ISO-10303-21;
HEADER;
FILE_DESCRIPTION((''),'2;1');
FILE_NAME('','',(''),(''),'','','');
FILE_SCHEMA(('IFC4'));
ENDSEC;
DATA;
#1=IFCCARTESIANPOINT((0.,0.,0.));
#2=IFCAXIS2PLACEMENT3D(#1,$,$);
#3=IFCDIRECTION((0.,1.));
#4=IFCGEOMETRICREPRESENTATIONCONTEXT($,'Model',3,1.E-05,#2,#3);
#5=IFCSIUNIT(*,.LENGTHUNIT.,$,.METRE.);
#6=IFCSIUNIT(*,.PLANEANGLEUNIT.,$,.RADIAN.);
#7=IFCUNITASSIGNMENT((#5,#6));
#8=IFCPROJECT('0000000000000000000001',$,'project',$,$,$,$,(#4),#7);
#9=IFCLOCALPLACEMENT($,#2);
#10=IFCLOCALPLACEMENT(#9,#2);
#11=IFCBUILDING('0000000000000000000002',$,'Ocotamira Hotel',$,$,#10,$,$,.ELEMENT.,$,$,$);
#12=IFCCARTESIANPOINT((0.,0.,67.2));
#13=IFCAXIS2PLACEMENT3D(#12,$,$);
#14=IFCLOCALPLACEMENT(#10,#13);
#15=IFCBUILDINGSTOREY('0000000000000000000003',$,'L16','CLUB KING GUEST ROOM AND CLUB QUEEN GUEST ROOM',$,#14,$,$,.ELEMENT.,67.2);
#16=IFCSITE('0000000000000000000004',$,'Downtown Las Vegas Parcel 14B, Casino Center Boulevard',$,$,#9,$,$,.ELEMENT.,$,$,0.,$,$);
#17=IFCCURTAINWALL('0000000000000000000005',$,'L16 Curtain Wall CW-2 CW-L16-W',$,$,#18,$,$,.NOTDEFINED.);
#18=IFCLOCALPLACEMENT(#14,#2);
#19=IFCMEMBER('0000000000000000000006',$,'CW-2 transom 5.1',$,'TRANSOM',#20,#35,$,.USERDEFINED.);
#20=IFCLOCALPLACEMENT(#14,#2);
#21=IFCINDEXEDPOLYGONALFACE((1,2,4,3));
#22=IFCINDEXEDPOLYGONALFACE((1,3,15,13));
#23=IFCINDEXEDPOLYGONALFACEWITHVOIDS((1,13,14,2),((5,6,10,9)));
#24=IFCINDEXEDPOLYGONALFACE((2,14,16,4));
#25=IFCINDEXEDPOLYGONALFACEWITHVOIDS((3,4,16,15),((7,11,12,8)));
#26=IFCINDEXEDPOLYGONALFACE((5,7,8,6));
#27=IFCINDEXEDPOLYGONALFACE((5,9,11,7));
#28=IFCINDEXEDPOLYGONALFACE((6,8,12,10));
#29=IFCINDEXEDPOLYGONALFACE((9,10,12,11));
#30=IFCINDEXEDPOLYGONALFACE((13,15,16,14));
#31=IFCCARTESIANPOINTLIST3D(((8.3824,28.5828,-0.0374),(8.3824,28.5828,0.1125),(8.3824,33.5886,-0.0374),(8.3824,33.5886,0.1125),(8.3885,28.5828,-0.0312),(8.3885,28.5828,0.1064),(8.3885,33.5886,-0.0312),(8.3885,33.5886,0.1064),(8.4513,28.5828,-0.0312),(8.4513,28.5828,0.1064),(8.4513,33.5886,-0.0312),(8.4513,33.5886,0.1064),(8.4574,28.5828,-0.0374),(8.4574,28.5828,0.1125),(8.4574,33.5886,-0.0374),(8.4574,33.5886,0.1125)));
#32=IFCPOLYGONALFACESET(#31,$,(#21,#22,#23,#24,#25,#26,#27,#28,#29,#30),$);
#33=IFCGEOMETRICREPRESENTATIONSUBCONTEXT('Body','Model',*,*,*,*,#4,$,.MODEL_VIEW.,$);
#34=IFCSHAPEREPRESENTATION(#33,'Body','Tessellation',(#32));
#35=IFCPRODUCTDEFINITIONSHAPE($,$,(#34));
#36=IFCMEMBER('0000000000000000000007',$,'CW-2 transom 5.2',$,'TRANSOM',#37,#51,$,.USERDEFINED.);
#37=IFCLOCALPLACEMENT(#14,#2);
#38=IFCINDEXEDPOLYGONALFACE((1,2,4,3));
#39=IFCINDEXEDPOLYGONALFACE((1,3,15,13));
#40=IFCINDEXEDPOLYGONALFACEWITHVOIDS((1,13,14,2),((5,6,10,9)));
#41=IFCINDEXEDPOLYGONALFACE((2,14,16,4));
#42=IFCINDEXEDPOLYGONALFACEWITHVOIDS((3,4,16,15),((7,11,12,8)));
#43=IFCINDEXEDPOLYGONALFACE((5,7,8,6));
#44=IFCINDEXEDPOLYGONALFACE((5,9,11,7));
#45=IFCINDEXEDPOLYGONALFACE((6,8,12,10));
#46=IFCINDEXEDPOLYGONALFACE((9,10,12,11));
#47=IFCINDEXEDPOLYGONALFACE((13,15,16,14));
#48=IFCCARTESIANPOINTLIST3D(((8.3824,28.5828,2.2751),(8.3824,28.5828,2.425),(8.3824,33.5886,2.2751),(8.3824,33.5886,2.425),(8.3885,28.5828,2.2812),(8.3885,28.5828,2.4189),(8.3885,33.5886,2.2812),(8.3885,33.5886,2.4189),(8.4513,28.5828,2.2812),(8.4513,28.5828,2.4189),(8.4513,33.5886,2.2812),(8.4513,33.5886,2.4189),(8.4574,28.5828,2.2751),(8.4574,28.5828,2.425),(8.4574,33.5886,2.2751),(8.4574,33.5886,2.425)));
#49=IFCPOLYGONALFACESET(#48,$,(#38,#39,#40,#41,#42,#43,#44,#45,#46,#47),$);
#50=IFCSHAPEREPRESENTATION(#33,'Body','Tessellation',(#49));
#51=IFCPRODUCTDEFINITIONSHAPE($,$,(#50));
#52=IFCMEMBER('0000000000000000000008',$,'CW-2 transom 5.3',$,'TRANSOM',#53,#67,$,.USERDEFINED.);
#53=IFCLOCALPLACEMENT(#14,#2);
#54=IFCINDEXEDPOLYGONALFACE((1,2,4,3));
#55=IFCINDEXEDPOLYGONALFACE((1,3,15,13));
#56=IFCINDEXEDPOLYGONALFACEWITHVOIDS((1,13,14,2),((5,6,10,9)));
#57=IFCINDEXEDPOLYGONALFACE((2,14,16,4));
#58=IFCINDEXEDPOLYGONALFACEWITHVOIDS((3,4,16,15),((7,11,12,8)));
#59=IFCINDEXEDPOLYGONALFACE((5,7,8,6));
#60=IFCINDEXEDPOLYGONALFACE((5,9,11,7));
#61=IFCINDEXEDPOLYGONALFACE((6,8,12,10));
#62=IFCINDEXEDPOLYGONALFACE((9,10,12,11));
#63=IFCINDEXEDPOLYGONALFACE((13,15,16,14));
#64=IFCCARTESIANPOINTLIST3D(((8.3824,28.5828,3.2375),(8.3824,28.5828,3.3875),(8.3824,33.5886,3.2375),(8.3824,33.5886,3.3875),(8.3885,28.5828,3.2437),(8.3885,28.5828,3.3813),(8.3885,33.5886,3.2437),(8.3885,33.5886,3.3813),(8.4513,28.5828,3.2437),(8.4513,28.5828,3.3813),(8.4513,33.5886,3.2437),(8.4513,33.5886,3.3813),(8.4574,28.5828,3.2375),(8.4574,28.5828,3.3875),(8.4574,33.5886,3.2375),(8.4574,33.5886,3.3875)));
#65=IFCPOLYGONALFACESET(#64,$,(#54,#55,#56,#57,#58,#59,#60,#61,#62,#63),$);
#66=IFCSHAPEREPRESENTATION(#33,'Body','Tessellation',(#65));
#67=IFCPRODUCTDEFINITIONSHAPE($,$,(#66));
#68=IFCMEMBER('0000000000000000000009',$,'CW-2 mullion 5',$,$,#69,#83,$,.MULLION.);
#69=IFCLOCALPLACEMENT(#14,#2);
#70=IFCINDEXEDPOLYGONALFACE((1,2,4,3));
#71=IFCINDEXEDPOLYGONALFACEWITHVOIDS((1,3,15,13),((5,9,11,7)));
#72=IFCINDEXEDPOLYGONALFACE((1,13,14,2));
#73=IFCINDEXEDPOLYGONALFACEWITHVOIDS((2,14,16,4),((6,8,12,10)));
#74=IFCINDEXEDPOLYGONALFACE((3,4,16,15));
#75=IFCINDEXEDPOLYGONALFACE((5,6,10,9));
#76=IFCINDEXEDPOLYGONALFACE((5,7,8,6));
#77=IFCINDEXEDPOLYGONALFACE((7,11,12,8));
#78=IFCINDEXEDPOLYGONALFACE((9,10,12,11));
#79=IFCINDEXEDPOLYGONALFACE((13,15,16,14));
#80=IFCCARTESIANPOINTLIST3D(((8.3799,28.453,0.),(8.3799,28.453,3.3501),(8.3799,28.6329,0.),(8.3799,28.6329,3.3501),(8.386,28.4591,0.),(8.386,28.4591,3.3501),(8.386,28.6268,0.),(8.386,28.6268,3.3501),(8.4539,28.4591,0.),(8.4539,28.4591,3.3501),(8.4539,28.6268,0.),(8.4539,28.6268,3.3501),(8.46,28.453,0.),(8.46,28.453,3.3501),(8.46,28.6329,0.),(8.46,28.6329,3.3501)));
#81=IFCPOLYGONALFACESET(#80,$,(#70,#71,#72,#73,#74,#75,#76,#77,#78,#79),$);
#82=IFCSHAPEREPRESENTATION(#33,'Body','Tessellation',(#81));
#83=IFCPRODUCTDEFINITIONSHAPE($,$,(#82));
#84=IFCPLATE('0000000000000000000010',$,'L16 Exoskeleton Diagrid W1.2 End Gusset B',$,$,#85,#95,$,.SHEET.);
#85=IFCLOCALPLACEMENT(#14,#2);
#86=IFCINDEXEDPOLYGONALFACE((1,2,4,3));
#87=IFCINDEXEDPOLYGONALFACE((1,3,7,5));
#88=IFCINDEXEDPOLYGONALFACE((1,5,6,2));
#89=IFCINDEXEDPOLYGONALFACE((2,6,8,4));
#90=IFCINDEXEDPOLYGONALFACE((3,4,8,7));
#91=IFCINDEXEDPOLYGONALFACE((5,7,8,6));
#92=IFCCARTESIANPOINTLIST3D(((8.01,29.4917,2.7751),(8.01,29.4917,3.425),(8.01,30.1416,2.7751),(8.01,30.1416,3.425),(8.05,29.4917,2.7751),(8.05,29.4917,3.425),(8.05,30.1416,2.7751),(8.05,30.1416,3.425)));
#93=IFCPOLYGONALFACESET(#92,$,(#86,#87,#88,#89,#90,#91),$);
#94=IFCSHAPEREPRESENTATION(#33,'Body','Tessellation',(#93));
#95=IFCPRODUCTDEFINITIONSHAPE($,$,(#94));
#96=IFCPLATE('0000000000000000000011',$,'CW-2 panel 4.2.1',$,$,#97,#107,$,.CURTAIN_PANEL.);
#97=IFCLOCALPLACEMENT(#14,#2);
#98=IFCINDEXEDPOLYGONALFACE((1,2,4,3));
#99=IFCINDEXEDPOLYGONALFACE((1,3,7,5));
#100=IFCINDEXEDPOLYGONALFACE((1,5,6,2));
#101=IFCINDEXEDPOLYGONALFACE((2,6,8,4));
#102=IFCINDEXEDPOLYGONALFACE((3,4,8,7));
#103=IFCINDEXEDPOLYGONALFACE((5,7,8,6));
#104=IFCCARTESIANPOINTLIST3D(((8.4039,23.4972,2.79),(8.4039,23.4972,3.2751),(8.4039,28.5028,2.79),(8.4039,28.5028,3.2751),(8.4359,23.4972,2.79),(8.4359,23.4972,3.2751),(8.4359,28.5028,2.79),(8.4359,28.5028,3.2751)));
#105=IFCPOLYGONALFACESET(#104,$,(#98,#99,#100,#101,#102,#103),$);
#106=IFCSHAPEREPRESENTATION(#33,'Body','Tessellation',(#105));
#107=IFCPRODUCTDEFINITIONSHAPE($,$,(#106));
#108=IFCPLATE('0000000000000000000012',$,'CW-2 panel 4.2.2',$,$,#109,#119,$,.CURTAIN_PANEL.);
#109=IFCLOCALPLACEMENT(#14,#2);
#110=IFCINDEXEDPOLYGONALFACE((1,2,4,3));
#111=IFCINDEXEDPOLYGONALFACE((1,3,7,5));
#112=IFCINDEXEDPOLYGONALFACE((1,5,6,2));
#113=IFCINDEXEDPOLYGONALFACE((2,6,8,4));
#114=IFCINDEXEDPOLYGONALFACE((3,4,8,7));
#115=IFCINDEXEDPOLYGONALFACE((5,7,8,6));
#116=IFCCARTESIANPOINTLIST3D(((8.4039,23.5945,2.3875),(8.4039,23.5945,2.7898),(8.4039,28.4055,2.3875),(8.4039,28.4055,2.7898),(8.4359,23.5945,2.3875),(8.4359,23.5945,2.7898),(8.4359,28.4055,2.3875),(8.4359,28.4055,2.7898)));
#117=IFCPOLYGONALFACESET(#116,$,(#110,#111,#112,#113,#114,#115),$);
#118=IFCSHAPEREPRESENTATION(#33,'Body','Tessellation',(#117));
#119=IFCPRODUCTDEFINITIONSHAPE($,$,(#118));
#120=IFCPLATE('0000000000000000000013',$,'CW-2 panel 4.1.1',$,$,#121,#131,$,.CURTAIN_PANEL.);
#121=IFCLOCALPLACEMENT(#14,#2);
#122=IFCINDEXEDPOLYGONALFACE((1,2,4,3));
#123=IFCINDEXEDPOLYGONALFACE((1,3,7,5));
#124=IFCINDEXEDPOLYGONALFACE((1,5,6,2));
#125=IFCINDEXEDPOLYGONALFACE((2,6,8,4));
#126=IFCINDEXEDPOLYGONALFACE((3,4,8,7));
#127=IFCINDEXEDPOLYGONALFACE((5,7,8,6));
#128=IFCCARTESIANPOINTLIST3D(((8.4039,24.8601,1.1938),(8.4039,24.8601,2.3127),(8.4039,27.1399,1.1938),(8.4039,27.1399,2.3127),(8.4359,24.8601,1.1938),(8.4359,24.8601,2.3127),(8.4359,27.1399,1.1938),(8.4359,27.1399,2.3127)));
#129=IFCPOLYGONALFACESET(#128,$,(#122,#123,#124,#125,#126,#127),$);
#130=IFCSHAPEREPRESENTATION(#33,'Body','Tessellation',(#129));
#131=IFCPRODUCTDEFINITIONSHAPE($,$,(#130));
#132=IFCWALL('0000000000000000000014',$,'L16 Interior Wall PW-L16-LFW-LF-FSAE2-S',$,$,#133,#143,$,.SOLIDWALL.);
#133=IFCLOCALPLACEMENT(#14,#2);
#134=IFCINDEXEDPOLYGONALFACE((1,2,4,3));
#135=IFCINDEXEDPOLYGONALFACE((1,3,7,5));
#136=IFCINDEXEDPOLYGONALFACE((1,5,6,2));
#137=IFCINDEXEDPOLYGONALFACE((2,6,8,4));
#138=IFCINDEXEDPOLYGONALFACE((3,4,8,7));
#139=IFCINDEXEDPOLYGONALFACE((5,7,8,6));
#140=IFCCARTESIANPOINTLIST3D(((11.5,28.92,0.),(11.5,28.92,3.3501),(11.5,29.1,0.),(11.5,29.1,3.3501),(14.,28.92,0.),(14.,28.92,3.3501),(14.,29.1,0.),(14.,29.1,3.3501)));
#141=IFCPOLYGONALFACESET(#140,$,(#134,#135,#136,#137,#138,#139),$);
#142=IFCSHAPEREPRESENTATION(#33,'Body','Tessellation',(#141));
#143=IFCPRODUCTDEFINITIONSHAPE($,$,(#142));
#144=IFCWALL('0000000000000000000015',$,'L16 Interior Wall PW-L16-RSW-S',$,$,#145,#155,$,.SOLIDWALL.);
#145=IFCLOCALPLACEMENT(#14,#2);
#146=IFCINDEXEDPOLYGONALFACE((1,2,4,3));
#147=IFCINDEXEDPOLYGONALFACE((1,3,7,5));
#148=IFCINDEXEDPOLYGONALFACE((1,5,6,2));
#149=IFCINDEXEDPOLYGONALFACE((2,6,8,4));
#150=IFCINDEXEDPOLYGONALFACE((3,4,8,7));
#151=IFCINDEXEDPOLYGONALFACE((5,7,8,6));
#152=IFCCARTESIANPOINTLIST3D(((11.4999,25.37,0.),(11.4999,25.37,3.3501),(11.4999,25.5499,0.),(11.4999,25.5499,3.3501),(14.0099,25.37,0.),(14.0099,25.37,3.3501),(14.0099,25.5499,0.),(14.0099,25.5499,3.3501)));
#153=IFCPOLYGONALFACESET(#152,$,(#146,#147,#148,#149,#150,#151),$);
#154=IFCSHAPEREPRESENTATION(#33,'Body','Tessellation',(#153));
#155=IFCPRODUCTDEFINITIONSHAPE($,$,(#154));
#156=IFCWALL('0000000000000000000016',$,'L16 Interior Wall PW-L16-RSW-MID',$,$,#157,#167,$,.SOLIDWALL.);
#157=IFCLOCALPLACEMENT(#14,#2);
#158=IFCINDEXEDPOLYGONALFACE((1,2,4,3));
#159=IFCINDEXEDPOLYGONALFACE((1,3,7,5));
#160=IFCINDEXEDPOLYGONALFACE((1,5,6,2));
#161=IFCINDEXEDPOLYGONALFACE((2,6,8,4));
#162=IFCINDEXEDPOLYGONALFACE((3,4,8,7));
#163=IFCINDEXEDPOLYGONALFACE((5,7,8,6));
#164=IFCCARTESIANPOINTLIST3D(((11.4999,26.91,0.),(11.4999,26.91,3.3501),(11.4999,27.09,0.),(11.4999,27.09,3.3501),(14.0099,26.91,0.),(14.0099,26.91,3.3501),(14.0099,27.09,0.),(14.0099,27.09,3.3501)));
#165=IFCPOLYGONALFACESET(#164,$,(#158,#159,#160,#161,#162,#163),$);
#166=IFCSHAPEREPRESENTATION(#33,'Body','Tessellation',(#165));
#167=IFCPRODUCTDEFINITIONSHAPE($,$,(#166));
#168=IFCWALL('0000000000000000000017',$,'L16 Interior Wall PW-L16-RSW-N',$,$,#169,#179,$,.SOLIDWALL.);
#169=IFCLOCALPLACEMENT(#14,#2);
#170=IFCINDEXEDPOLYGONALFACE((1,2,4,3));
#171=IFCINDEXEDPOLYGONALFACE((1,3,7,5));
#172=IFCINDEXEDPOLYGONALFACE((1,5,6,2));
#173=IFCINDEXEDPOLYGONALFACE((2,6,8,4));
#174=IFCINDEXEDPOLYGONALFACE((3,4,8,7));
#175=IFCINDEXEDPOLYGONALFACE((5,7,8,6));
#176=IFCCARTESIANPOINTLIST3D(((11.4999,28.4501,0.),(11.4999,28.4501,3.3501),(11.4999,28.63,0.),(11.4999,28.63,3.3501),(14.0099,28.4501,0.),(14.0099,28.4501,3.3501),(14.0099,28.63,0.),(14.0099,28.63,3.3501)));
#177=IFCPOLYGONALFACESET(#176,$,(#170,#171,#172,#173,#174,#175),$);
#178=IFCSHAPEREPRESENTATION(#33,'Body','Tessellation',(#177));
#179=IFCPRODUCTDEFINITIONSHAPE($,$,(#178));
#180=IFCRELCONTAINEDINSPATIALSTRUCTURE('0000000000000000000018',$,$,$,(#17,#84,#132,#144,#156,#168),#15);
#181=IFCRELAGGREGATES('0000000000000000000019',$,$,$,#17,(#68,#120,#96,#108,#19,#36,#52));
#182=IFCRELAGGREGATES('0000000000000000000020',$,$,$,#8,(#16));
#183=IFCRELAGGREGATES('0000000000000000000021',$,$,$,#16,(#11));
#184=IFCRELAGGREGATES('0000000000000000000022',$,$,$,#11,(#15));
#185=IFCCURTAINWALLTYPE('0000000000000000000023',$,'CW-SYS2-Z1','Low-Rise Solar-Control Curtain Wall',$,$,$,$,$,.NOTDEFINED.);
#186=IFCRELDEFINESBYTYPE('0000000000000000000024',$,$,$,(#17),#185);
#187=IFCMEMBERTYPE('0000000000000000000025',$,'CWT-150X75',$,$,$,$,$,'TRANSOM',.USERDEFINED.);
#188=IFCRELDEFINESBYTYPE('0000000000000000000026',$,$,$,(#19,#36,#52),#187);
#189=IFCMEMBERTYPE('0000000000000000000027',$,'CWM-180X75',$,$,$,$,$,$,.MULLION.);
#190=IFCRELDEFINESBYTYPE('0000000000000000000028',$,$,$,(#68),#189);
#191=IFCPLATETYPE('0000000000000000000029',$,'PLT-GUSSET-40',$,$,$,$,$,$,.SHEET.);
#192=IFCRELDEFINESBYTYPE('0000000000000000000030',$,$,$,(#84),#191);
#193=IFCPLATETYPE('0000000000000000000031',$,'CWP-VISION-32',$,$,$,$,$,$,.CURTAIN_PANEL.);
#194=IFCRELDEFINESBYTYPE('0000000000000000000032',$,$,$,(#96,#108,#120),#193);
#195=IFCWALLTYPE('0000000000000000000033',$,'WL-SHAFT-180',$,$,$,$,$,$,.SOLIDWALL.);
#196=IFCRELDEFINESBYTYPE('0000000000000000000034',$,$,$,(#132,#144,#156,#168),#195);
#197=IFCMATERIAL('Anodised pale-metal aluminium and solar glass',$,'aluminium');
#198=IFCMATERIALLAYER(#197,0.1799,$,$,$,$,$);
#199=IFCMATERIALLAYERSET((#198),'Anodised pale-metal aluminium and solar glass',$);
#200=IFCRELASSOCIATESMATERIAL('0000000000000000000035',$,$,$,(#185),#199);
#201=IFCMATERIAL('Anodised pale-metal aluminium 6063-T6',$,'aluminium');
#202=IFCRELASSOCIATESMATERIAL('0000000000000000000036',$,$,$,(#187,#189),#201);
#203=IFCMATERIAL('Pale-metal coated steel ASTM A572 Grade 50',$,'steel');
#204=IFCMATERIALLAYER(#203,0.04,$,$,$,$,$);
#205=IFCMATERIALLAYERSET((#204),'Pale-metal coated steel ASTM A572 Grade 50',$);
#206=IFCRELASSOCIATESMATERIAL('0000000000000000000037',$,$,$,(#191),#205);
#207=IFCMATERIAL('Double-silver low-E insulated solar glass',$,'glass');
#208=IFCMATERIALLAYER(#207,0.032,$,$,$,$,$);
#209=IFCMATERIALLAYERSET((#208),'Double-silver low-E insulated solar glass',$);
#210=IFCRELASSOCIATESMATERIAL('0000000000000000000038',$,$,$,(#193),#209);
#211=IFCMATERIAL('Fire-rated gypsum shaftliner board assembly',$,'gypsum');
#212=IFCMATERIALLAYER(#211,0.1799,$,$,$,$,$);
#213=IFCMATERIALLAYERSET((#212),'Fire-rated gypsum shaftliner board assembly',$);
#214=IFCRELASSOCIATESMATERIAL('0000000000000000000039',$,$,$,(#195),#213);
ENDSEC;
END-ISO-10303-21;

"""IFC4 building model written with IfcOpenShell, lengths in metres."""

from ifc_helpers import new_model, si_unit, direction, frame, frame_2d, origin, origin_2d, place, context, subcontext, project, spatial, rectangle, hollow_rectangle, extrude, source, transform, mapped, material, layer, layer_set, material_profile, profile_set, type_object, element, aggregate, save


model = new_model("IFC4")

# Units and contexts
model_context = context("Model", 3, precision=1e-05, world=origin(), true_north=direction((0.0, 1.0)))
body_context = subcontext(model_context, "Body", "Model", "MODEL_VIEW")
ifc_project = project(units=[si_unit("LENGTHUNIT", "METRE"), si_unit("PLANEANGLEUNIT", "RADIAN")], contexts=[model_context])

# Site, building, storey
site_placement = place(None, origin())
site = spatial("IfcSite", under=ifc_project, at=site_placement, Name="Downtown Las Vegas Parcel 14B, Casino Center Boulevard", CompositionType="ELEMENT", RefElevation=0.0)
building_placement = place(site_placement, origin())
building = spatial("IfcBuilding", under=site, at=building_placement, Name="Ocotamira Hotel", CompositionType="ELEMENT")
storey_placement = place(building_placement, frame((0.0, 0.0, 67.2)))
storey = spatial("IfcBuildingStorey", under=building, at=storey_placement, Name="L16", Description="CLUB KING GUEST ROOM AND CLUB QUEEN GUEST ROOM", CompositionType="ELEMENT", Elevation=67.2)

# Curtain wall, members
ifc_material_1 = material(Name="Anodised pale-metal aluminium and solar glass", Category="aluminium")
ifc_layer_1 = layer(ifc_material_1, 0.1799)
ifc_layer_set_1 = layer_set([ifc_layer_1], Name="Anodised pale-metal aluminium and solar glass")
curtain_wall_type = type_object("IfcCurtainWallType", Name="CW-SYS2-Z1", Description="Low-Rise Solar-Control Curtain Wall", PredefinedType="NOTDEFINED", material=ifc_layer_set_1)
curtain_wall_placement = place(storey_placement, origin())
curtain_wall = element("IfcCurtainWall", 1, at=curtain_wall_placement, inside=storey, type_object=curtain_wall_type, Name="L16 Curtain Wall CW-2 CW-L16-W", PredefinedType="NOTDEFINED")
ifc_material_2 = material(Name="Anodised pale-metal aluminium 6063-T6", Category="aluminium")
ifc_material_profile_1 = material_profile(ifc_material_2, hollow_rectangle(XDim=0.075, YDim=0.1499, WallThickness=0.0061, at=origin_2d()), Name="HSS150X75X6")
ifc_profile_set_1 = profile_set([ifc_material_profile_1], Name="Anodised pale-metal aluminium 6063-T6")
member_type_1 = type_object("IfcMemberType", Name="CWT-150X75", ElementType="TRANSOM", PredefinedType="USERDEFINED", material=ifc_profile_set_1)
shared_shape_1 = source(origin(), body_context, "Body", "SweptSolid", [
    extrude(hollow_rectangle(XDim=0.075, YDim=0.1499, WallThickness=0.0061, at=origin_2d()), origin(), (0.0, 0.0, 1.0), 5.0059),
])
member_1_placement = place(storey_placement, frame((8.4199, 28.5828, 0.0376), z_axis=(0.0, 1.0, 0.0), x_axis=(-1.0, 0.0, 0.0)))
member_1 = element("IfcMember", 2, at=member_1_placement, type_object=member_type_1, Name="CW-2 transom 5.1", ObjectType="TRANSOM", PredefinedType="USERDEFINED", context=body_context, shape_type="MappedRepresentation", body=[
    mapped(shared_shape_1, transform((0.0, 0.0, 0.0), scale=1.0)),
])
member_2_placement = place(storey_placement, frame((8.4199, 28.5828, 2.3501), z_axis=(0.0, 1.0, 0.0), x_axis=(-1.0, 0.0, 0.0)))
member_2 = element("IfcMember", 3, at=member_2_placement, type_object=member_type_1, Name="CW-2 transom 5.2", ObjectType="TRANSOM", PredefinedType="USERDEFINED", context=body_context, shape_type="MappedRepresentation", body=[
    mapped(shared_shape_1, transform((0.0, 0.0, 0.0), scale=1.0)),
])
member_3_placement = place(storey_placement, frame((8.4199, 28.5828, 3.3125), z_axis=(0.0, 1.0, 0.0), x_axis=(-1.0, 0.0, 0.0)))
member_3 = element("IfcMember", 4, at=member_3_placement, type_object=member_type_1, Name="CW-2 transom 5.3", ObjectType="TRANSOM", PredefinedType="USERDEFINED", context=body_context, shape_type="MappedRepresentation", body=[
    mapped(shared_shape_1, transform((0.0, 0.0, 0.0), scale=1.0)),
])
ifc_material_profile_2 = material_profile(ifc_material_2, hollow_rectangle(XDim=0.0801, YDim=0.1799, WallThickness=0.0061, at=origin_2d()), Name="HSS180X80X6")
ifc_profile_set_2 = profile_set([ifc_material_profile_2], Name="Anodised pale-metal aluminium 6063-T6")
member_type_2 = type_object("IfcMemberType", Name="CWM-180X75", PredefinedType="MULLION", material=ifc_profile_set_2)
shared_shape_2 = source(origin(), body_context, "Body", "SweptSolid", [
    extrude(hollow_rectangle(XDim=0.0801, YDim=0.1799, WallThickness=0.0061, at=origin_2d()), origin(), (0.0, 0.0, 1.0), 3.3501),
])
member_4_placement = place(storey_placement, frame((8.4199, 28.543, 0.0), z_axis=(0.0, 0.0, 1.0), x_axis=(-1.0, 0.0, 0.0)))
member_4 = element("IfcMember", 5, at=member_4_placement, type_object=member_type_2, Name="CW-2 mullion 5", PredefinedType="MULLION", context=body_context, shape_type="MappedRepresentation", body=[
    mapped(shared_shape_2, transform((0.0, 0.0, 0.0), scale=1.0)),
])

# Plates
ifc_material_3 = material(Name="Pale-metal coated steel ASTM A572 Grade 50", Category="steel")
ifc_layer_2 = layer(ifc_material_3, 0.04)
ifc_layer_set_2 = layer_set([ifc_layer_2], Name="Pale-metal coated steel ASTM A572 Grade 50")
plate_type_1 = type_object("IfcPlateType", Name="PLT-GUSSET-40", PredefinedType="SHEET", material=ifc_layer_set_2)
shared_shape_3 = source(origin(), body_context, "Body", "SweptSolid", [
    extrude(rectangle(XDim=0.04, YDim=0.6499, at=origin_2d()), origin(), (0.0, 0.0, 1.0), 0.6499),
])
plate_1_placement = place(storey_placement, frame((8.03, 29.8167, 2.7751), z_axis=(0.0, 0.0, 1.0), x_axis=(1.0, 0.0, 0.0)))
element("IfcPlate", 6, at=plate_1_placement, inside=storey, type_object=plate_type_1, Name="L16 Exoskeleton Diagrid W1.2 End Gusset B", PredefinedType="SHEET", context=body_context, shape_type="MappedRepresentation", body=[
    mapped(shared_shape_3, transform((0.0, 0.0, 0.0), scale=1.0)),
])
ifc_material_4 = material(Name="Double-silver low-E insulated solar glass", Category="glass")
ifc_layer_3 = layer(ifc_material_4, 0.032)
ifc_layer_set_3 = layer_set([ifc_layer_3], Name="Double-silver low-E insulated solar glass")
plate_type_2 = type_object("IfcPlateType", Name="CWP-VISION-32", PredefinedType="CURTAIN_PANEL", material=ifc_layer_set_3)
shared_shape_4 = source(origin(), body_context, "Body", "SweptSolid", [
    extrude(rectangle(XDim=5.0056, YDim=0.032, at=origin_2d()), origin(), (0.0, 0.0, 1.0), 0.4851),
])
plate_2_placement = place(storey_placement, frame((8.4199, 26.0, 2.79), z_axis=(0.0, 0.0, 1.0), x_axis=(0.0, 1.0, 0.0)))
plate_2 = element("IfcPlate", 7, at=plate_2_placement, type_object=plate_type_2, Name="CW-2 panel 4.2.1", PredefinedType="CURTAIN_PANEL", context=body_context, shape_type="MappedRepresentation", body=[
    mapped(shared_shape_4, transform((0.0, 0.0, 0.0), scale=1.0)),
])
shared_shape_5 = source(origin(), body_context, "Body", "SweptSolid", [
    extrude(rectangle(XDim=4.811, YDim=0.032, at=origin_2d()), origin(), (0.0, 0.0, 1.0), 0.4023),
])
plate_3_placement = place(storey_placement, frame((8.4199, 26.0, 2.3875), z_axis=(0.0, 0.0, 1.0), x_axis=(0.0, 1.0, 0.0)))
plate_3 = element("IfcPlate", 8, at=plate_3_placement, type_object=plate_type_2, Name="CW-2 panel 4.2.2", PredefinedType="CURTAIN_PANEL", context=body_context, shape_type="MappedRepresentation", body=[
    mapped(shared_shape_5, transform((0.0, 0.0, 0.0), scale=1.0)),
])
shared_shape_6 = source(origin(), body_context, "Body", "SweptSolid", [
    extrude(rectangle(XDim=2.2798, YDim=0.032, at=origin_2d()), origin(), (0.0, 0.0, 1.0), 1.1189),
])
plate_4_placement = place(storey_placement, frame((8.4199, 26.0, 1.1938), z_axis=(0.0, 0.0, 1.0), x_axis=(0.0, 1.0, 0.0)))
plate_4 = element("IfcPlate", 9, at=plate_4_placement, type_object=plate_type_2, Name="CW-2 panel 4.1.1", PredefinedType="CURTAIN_PANEL", context=body_context, shape_type="MappedRepresentation", body=[
    mapped(shared_shape_6, transform((0.0, 0.0, 0.0), scale=1.0)),
])
aggregate(curtain_wall, [member_4, plate_4, plate_2, plate_3, member_1, member_2, member_3])

# Walls
ifc_material_5 = material(Name="Fire-rated gypsum shaftliner board assembly", Category="gypsum")
ifc_layer_4 = layer(ifc_material_5, 0.1799)
ifc_layer_set_4 = layer_set([ifc_layer_4], Name="Fire-rated gypsum shaftliner board assembly")
wall_type = type_object("IfcWallType", Name="WL-SHAFT-180", PredefinedType="SOLIDWALL", material=ifc_layer_set_4)
wall_placement = place(storey_placement, frame((11.5, 29.01, 0.0), z_axis=(0.0, 0.0, 1.0), x_axis=(1.0, 0.0, 0.0)))
element("IfcWall", 10, at=wall_placement, inside=storey, type_object=wall_type, Name="L16 Interior Wall PW-L16-LFW-LF-FSAE2-S", PredefinedType="SOLIDWALL", context=body_context, shape_type="SweptSolid", body=[
    extrude(rectangle(XDim=2.5, YDim=0.1799, at=frame_2d((1.25, 0.0))), origin(), (0.0, 0.0, 1.0), 3.3501),
])
for number, where, z_axis, x_axis, name in (
    (11, (11.5, 25.46, 0.0), (0.0, 0.0, 1.0), (1.0, 0.0, 0.0), "L16 Interior Wall PW-L16-RSW-S"),
    (12, (11.5, 27.0, 0.0), (0.0, 0.0, 1.0), (1.0, 0.0, 0.0), "L16 Interior Wall PW-L16-RSW-MID"),
    (13, (11.5, 28.54, 0.0), (0.0, 0.0, 1.0), (1.0, 0.0, 0.0), "L16 Interior Wall PW-L16-RSW-N"),
):
    element("IfcWall", number, at=place(storey_placement, frame(where, z_axis=z_axis, x_axis=x_axis)), inside=storey, type_object=wall_type, Name=name, PredefinedType="SOLIDWALL", context=body_context, shape_type="SweptSolid", body=[
        extrude(rectangle(XDim=2.51, YDim=0.1799, at=frame_2d((1.2549, 0.0))), origin(), (0.0, 0.0, 1.0), 3.3501),
    ])

save(model, "model.ifc")
